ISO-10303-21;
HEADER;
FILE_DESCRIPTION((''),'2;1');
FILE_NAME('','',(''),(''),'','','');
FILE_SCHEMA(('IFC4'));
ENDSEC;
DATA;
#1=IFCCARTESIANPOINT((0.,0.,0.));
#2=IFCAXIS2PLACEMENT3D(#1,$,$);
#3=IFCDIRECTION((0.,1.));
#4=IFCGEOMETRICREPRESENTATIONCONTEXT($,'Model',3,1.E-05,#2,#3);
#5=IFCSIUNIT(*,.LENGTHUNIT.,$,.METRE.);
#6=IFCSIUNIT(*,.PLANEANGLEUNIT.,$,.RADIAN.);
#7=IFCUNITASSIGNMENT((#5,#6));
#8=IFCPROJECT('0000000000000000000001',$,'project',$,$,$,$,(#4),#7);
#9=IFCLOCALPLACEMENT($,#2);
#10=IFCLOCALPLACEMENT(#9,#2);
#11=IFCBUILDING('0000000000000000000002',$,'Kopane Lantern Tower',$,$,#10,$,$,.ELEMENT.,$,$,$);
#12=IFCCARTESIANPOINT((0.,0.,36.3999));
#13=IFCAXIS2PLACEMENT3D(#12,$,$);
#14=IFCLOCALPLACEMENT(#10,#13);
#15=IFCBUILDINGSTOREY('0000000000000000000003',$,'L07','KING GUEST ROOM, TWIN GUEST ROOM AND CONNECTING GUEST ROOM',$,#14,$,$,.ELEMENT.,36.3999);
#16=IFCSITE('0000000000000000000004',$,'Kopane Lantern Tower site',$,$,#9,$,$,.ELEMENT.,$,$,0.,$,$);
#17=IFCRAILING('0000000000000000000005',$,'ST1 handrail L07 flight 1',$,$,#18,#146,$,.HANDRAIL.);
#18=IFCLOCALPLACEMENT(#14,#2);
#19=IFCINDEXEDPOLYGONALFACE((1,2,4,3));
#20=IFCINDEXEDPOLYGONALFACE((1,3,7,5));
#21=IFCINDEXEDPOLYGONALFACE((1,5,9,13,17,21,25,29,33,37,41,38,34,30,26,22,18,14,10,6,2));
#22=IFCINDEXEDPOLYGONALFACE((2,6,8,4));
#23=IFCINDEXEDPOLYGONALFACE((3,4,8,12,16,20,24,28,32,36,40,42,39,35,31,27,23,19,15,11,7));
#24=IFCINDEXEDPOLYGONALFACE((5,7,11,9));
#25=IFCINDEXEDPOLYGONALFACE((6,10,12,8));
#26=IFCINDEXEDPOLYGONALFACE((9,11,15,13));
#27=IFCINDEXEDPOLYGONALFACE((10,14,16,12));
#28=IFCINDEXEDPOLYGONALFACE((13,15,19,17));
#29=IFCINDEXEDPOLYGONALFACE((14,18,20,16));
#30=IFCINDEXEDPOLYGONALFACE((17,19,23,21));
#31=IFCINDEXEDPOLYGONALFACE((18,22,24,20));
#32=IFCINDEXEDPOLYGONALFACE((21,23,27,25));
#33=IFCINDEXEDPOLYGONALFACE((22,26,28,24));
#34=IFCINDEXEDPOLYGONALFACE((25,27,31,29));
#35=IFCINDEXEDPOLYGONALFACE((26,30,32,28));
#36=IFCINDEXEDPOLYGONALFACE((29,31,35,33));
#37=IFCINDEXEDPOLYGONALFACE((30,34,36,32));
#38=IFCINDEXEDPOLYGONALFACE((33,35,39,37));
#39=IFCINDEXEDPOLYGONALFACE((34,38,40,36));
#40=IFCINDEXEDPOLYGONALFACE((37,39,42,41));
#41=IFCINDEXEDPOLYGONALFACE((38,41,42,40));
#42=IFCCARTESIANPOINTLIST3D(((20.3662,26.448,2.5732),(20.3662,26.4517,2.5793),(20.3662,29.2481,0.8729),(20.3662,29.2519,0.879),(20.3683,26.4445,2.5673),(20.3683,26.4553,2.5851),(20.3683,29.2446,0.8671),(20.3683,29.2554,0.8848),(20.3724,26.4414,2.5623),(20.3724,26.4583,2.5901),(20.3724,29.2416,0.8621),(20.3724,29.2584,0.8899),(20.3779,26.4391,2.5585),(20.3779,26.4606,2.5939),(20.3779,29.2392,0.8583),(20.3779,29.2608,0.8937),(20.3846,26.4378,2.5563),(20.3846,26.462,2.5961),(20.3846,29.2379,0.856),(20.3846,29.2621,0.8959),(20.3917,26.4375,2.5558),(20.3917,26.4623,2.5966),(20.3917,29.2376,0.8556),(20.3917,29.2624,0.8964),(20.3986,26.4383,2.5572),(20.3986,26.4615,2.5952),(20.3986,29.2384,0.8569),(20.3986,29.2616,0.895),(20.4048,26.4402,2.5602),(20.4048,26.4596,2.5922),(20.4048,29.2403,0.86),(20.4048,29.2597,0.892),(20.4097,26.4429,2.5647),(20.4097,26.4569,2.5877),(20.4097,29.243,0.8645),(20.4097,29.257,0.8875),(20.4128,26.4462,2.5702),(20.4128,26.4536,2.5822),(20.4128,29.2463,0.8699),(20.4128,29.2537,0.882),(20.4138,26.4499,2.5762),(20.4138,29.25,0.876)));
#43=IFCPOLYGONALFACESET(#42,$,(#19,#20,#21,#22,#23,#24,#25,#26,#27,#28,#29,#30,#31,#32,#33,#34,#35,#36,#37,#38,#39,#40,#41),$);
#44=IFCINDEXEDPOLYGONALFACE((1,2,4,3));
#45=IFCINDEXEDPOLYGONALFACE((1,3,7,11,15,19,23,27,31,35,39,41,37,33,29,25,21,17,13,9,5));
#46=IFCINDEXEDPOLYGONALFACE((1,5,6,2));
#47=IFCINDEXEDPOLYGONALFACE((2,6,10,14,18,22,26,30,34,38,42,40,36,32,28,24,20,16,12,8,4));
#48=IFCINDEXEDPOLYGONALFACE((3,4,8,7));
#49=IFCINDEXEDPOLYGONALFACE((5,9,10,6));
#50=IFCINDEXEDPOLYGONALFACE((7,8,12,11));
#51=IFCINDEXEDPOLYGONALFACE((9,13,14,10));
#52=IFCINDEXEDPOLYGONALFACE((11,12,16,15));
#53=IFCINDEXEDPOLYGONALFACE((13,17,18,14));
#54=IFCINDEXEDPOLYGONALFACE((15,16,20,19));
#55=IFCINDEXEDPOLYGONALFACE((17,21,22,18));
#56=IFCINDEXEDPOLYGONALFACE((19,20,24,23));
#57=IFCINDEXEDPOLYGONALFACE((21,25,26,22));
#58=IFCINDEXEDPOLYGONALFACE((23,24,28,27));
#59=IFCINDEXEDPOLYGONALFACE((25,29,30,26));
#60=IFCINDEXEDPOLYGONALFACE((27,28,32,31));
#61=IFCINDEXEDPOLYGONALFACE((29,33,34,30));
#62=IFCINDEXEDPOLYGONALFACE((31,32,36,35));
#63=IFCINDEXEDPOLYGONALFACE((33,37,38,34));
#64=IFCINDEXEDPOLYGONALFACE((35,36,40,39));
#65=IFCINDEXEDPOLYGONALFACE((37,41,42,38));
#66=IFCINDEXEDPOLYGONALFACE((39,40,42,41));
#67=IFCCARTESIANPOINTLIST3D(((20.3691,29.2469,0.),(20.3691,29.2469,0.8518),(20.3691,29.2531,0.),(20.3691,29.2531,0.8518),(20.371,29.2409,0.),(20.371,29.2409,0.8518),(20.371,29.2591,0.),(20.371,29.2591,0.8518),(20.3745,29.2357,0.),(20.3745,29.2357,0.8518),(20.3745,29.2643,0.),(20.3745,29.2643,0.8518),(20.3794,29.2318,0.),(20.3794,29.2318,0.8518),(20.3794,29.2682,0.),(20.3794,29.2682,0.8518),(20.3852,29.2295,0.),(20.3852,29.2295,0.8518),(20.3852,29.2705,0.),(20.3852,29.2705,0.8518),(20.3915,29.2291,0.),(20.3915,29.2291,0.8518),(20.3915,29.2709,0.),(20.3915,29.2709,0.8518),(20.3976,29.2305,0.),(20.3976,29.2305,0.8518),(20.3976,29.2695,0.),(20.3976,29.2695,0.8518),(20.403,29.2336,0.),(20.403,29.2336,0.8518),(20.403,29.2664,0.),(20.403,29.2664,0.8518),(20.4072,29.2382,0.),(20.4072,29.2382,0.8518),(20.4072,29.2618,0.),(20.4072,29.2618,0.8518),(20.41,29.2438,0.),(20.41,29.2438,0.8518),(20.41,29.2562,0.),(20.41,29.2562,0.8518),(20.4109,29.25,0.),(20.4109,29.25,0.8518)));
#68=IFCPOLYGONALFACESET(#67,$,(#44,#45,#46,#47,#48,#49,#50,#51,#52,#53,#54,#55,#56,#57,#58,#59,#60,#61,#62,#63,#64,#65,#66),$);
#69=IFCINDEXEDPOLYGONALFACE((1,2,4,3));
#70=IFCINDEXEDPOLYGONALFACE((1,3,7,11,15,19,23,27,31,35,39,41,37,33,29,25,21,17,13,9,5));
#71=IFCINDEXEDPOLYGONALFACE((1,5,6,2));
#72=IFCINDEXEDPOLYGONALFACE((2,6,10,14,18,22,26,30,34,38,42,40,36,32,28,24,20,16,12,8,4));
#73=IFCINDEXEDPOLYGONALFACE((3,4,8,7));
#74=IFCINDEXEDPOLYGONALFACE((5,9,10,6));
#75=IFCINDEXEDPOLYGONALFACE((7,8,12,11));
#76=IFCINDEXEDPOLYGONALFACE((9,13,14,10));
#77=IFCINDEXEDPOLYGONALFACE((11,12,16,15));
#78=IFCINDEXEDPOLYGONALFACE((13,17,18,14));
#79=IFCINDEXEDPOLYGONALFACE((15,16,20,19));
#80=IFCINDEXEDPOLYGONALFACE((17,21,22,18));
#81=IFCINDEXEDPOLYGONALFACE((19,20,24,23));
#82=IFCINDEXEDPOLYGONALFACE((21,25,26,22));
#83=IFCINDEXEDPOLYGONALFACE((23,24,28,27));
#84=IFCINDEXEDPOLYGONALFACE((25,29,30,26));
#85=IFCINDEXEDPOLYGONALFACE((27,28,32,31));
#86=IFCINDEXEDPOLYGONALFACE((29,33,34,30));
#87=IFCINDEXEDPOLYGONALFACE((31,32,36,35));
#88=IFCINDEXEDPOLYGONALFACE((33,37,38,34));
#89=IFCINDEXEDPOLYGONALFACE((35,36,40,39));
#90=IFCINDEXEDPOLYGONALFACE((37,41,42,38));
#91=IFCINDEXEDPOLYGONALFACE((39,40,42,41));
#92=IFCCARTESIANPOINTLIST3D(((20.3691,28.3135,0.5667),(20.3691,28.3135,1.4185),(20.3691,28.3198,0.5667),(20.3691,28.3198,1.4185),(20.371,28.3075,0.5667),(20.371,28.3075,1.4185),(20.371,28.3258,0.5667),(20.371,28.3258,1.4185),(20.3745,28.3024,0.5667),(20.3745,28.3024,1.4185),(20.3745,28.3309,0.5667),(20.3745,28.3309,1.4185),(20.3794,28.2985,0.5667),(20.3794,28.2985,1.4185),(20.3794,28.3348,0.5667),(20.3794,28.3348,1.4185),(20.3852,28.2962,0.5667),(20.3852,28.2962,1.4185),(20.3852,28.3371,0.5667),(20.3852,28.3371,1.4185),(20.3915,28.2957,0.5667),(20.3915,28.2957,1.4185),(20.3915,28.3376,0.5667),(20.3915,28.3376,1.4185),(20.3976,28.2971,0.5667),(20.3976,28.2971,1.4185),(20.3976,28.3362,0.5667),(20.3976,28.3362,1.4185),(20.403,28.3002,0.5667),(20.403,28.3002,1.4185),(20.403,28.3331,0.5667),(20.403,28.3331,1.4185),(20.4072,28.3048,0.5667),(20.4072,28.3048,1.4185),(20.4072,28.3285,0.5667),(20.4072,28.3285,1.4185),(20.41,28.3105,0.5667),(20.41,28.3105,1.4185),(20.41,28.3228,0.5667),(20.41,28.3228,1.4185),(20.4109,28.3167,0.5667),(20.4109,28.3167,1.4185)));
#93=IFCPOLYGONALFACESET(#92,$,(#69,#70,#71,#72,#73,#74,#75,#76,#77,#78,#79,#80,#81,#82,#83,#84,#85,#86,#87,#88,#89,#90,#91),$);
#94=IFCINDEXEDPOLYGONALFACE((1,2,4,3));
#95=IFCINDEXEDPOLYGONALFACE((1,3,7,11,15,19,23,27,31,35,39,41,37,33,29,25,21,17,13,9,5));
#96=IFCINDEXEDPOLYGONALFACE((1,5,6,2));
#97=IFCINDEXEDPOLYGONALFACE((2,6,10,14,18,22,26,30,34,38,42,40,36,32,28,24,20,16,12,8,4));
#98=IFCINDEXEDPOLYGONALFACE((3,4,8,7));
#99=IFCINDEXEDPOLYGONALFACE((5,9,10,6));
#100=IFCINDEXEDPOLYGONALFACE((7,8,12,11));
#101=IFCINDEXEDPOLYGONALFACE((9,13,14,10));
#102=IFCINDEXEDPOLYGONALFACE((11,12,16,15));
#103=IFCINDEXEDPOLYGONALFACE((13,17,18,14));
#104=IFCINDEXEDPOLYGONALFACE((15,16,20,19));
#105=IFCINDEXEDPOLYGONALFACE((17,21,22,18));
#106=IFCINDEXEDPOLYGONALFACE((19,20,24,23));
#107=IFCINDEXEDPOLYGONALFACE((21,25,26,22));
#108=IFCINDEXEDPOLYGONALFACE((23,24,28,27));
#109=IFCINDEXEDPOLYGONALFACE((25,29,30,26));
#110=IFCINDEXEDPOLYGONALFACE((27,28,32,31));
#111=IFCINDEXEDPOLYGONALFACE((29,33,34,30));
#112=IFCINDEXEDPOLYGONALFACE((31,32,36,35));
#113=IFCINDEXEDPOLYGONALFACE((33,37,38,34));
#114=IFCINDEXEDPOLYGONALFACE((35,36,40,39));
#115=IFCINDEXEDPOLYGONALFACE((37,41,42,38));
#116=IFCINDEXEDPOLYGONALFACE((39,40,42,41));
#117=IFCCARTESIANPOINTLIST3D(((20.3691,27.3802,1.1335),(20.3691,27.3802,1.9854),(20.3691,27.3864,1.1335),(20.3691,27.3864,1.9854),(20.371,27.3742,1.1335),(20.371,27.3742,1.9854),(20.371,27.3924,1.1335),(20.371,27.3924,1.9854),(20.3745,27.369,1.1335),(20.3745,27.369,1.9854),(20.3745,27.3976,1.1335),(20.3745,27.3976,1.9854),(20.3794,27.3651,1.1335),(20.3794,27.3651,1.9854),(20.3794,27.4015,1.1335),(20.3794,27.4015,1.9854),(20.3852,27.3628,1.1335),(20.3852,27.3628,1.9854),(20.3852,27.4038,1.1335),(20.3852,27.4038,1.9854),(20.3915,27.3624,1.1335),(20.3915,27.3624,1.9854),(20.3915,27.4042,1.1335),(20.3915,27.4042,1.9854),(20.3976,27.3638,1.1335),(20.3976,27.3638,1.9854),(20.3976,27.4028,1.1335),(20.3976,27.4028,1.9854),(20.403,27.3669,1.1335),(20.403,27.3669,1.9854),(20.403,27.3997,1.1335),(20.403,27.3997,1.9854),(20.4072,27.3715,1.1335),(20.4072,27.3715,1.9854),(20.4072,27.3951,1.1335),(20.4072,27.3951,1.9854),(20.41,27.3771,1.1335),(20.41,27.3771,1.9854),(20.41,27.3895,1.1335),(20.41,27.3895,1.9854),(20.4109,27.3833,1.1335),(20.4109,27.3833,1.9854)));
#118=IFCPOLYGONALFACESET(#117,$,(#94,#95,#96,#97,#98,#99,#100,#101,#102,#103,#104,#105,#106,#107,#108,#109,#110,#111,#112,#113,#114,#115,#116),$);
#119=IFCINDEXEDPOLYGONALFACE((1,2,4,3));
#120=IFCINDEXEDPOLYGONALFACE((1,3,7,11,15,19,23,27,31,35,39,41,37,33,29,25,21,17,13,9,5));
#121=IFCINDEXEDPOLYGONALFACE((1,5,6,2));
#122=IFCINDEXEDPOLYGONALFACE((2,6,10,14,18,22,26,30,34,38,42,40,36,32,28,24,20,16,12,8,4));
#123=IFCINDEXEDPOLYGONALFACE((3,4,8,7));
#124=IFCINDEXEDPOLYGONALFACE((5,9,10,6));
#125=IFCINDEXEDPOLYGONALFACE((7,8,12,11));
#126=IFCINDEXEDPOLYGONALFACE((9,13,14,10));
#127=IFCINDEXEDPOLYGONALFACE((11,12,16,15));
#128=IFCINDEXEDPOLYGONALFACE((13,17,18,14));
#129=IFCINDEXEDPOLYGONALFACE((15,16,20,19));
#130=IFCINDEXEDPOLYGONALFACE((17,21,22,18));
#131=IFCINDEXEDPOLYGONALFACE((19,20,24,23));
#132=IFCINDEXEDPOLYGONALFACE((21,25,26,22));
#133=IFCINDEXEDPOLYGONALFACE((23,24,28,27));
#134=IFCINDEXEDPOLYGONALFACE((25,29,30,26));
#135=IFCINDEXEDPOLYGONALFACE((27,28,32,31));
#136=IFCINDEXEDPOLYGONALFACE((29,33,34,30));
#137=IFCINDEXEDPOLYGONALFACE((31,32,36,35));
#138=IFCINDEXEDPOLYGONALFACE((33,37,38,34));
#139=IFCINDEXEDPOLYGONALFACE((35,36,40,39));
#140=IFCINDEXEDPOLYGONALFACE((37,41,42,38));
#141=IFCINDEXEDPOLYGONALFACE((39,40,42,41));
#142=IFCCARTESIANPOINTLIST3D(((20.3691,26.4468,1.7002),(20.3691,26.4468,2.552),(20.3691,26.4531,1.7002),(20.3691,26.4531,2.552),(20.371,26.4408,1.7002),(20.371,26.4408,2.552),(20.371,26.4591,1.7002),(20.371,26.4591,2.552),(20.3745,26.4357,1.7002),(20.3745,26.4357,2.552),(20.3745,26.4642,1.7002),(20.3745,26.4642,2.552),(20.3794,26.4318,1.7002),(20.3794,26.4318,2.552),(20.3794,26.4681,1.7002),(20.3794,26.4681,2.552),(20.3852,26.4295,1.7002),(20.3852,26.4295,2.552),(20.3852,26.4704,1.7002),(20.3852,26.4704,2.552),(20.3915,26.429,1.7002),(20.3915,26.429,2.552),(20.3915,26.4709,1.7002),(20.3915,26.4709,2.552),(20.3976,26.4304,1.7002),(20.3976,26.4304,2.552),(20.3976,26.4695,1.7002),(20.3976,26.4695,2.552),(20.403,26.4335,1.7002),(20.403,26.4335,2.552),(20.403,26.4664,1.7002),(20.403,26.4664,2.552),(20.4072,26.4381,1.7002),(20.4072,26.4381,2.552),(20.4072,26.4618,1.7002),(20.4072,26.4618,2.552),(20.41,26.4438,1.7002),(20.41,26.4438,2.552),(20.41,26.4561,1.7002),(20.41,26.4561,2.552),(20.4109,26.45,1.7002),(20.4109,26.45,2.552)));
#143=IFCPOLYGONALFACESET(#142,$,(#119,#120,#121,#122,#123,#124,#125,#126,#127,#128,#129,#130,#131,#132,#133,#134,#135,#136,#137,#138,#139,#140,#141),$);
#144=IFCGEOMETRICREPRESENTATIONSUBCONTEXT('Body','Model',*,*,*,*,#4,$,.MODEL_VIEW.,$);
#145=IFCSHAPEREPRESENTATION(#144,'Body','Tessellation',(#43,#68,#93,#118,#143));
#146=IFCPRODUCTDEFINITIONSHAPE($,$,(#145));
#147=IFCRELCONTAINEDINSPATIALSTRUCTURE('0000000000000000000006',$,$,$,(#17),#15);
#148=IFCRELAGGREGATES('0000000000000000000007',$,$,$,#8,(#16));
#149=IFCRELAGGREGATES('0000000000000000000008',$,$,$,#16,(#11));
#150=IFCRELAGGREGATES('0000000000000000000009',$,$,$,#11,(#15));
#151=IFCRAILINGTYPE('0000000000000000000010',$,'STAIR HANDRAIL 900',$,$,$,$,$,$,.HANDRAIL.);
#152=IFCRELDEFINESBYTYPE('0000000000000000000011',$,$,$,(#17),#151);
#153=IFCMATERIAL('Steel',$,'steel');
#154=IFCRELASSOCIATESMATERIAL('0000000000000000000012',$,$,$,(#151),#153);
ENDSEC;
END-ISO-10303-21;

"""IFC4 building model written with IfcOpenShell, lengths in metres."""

from ifc_helpers import new_model, si_unit, direction, frame, origin, origin_2d, place, context, subcontext, project, spatial, circle, extrude, material, type_object, element, save


model = new_model("IFC4")

# Units and contexts
model_context = context("Model", 3, precision=1e-05, world=origin(), true_north=direction((0.0, 1.0)))
body_context = subcontext(model_context, "Body", "Model", "MODEL_VIEW")
ifc_project = project(units=[si_unit("LENGTHUNIT", "METRE"), si_unit("PLANEANGLEUNIT", "RADIAN")], contexts=[model_context])

# Site, building, storey
site_placement = place(None, origin())
site = spatial("IfcSite", under=ifc_project, at=site_placement, Name="Kopane Lantern Tower site", CompositionType="ELEMENT", RefElevation=0.0)
building_placement = place(site_placement, origin())
building = spatial("IfcBuilding", under=site, at=building_placement, Name="Kopane Lantern Tower", CompositionType="ELEMENT")
storey_placement = place(building_placement, frame((0.0, 0.0, 36.3999)))
storey = spatial("IfcBuildingStorey", under=building, at=storey_placement, Name="L07", Description="KING GUEST ROOM, TWIN GUEST ROOM AND CONNECTING GUEST ROOM", CompositionType="ELEMENT", Elevation=36.3999)

# Railing
ifc_material_1 = material(Name="Steel", Category="steel")
railing_type_1 = type_object("IfcRailingType", Name="STAIR HANDRAIL 900", PredefinedType="HANDRAIL", material=ifc_material_1)
for number, where, name in (
    (1, (20.3899, 29.25, 0.0), "ST1 handrail L07 flight 1"),
):
    element("IfcRailing", number, at=place(storey_placement, frame(where)), inside=storey, type_object=railing_type_1, Name=name, PredefinedType="HANDRAIL", context=body_context, shape_type="SweptSolid", body=[
        extrude(circle(Radius=0.0239, at=origin_2d()), frame((0.0, 0.0, 0.876), z_axis=(0.0, -0.854765, 0.519015), x_axis=(1.0, 0.0, 0.0)), (0.0, 0.0, 1.0), 3.2759),
        extrude(circle(Radius=0.021, at=origin_2d()), origin(), (0.0, 0.0, 1.0), 0.8518),
        extrude(circle(Radius=0.021, at=origin_2d()), frame((0.0, -0.9333, 0.5667)), (0.0, 0.0, 1.0), 0.8518),
        extrude(circle(Radius=0.021, at=origin_2d()), frame((0.0, -1.8667, 1.1335)), (0.0, 0.0, 1.0), 0.8518),
        extrude(circle(Radius=0.021, at=origin_2d()), frame((0.0, -2.8, 1.7002)), (0.0, 0.0, 1.0), 0.8518),
    ])

save(model, "model.ifc")
